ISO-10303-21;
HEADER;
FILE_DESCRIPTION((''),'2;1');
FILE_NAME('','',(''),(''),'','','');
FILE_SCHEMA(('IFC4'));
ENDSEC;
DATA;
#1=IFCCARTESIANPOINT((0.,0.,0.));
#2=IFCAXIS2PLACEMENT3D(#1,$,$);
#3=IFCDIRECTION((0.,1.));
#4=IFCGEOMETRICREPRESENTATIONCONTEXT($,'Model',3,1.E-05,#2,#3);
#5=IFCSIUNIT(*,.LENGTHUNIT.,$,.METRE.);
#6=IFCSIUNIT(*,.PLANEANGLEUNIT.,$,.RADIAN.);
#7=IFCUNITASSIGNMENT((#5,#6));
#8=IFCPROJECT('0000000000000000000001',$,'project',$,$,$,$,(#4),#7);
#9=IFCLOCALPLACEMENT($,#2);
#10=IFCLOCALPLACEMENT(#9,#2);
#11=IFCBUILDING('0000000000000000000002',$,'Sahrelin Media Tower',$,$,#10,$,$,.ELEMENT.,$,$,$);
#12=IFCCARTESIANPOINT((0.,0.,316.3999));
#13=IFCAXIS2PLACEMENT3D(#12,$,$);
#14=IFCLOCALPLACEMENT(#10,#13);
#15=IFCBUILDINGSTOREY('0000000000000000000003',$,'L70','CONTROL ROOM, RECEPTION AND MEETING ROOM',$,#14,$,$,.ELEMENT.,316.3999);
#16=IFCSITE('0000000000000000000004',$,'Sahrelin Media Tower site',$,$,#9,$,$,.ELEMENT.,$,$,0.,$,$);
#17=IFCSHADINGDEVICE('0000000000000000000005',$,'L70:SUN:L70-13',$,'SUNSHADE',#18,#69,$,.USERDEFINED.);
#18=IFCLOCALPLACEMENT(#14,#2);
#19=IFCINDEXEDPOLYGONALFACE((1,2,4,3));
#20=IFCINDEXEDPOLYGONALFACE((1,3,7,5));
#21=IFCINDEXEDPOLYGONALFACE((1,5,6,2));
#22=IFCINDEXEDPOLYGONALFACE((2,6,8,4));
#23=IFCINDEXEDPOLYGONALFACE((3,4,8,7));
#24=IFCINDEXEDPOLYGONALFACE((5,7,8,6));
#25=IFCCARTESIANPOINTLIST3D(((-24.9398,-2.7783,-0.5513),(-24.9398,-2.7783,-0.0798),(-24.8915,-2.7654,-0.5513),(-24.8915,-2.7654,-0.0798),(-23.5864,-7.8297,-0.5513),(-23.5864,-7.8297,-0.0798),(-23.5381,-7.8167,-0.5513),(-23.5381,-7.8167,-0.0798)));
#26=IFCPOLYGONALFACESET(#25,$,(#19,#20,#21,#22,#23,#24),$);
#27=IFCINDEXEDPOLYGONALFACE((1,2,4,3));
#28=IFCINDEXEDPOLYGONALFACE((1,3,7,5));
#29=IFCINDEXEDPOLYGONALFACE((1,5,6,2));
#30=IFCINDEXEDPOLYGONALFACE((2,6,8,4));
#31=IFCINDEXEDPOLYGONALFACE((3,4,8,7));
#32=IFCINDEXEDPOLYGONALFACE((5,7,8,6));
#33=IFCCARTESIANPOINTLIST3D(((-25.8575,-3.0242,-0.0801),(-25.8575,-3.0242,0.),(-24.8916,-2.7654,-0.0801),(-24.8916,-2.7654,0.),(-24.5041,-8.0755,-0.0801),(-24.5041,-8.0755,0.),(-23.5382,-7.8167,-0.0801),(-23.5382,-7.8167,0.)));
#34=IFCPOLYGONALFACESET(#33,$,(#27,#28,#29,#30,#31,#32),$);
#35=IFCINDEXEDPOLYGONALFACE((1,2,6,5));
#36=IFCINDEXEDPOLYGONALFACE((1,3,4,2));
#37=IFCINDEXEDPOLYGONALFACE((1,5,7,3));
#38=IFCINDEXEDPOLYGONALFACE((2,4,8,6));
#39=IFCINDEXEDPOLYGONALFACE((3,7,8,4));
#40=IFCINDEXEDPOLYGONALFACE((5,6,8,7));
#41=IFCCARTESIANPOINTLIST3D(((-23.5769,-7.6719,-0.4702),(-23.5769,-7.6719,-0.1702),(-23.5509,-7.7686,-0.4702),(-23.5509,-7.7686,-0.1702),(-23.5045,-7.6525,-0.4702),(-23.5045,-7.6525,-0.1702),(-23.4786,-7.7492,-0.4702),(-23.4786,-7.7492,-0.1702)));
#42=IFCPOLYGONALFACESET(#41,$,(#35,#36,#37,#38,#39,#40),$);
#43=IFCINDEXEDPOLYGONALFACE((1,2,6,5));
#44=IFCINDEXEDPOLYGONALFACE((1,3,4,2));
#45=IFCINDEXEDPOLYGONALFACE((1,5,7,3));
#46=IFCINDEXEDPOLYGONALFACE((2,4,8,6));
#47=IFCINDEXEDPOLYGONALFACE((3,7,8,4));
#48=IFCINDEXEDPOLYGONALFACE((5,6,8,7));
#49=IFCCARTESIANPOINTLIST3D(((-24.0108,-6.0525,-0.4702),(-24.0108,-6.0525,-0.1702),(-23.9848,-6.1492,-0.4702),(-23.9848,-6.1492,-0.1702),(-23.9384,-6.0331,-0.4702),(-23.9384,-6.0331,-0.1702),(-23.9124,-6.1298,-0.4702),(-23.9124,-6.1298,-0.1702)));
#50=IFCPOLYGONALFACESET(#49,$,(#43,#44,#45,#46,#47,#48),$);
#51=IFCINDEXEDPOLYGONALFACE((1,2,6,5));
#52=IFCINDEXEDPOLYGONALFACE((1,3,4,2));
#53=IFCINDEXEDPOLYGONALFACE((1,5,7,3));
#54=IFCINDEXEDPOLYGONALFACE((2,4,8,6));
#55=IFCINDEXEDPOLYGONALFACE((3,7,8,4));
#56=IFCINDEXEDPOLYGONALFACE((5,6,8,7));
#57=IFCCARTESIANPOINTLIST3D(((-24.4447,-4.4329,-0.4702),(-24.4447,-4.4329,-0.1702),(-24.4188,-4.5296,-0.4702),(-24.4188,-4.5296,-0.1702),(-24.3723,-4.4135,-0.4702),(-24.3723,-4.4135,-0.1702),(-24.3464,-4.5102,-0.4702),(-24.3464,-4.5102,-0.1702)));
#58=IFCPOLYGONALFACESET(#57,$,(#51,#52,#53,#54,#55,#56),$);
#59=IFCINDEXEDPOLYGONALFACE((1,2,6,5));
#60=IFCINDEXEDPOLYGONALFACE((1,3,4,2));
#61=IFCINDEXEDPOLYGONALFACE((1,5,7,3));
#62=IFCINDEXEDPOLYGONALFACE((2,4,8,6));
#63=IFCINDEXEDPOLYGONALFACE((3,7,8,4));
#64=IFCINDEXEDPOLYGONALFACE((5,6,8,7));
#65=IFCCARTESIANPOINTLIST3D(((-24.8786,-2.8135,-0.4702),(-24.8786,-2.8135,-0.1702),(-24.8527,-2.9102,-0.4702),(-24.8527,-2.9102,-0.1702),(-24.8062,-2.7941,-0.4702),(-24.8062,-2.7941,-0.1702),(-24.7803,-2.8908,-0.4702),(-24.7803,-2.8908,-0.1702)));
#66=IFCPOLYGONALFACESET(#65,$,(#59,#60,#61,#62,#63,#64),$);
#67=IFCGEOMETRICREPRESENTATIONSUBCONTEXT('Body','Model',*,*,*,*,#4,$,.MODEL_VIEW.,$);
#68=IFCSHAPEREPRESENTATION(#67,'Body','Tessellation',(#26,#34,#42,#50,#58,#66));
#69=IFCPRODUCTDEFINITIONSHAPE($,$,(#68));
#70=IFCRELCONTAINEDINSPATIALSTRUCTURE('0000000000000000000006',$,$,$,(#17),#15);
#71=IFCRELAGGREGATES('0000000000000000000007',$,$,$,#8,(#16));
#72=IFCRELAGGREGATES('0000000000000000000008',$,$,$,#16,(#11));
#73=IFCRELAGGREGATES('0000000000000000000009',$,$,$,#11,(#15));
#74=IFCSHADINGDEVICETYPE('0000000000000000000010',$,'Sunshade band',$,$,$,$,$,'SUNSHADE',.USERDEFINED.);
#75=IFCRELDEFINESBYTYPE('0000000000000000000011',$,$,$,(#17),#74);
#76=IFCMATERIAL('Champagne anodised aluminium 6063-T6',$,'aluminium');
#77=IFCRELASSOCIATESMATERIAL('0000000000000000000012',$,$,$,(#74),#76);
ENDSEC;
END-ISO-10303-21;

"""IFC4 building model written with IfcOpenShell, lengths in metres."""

from ifc_helpers import new_model, si_unit, direction, frame, origin, origin_2d, place, context, subcontext, project, spatial, rectangle, extrude, material, type_object, element, save


model = new_model("IFC4")

# Units and contexts
model_context = context("Model", 3, precision=1e-05, world=origin(), true_north=direction((0.0, 1.0)))
body_context = subcontext(model_context, "Body", "Model", "MODEL_VIEW")
ifc_project = project(units=[si_unit("LENGTHUNIT", "METRE"), si_unit("PLANEANGLEUNIT", "RADIAN")], contexts=[model_context])

# Site, building, storey
site_placement = place(None, origin())
site = spatial("IfcSite", under=ifc_project, at=site_placement, Name="Sahrelin Media Tower site", CompositionType="ELEMENT", RefElevation=0.0)
building_placement = place(site_placement, origin())
building = spatial("IfcBuilding", under=site, at=building_placement, Name="Sahrelin Media Tower", CompositionType="ELEMENT")
storey_placement = place(building_placement, frame((0.0, 0.0, 316.3999)))
storey = spatial("IfcBuildingStorey", under=building, at=storey_placement, Name="L70", Description="CONTROL ROOM, RECEPTION AND MEETING ROOM", CompositionType="ELEMENT", Elevation=316.3999)

# Shared definitions
ifc_material_1 = material(Name="Champagne anodised aluminium 6063-T6", Category="aluminium")

# Shading device
placement_1 = place(storey_placement, frame((-24.1956, -5.2859, 0.0), z_axis=(0.0, 0.0, 1.0), x_axis=(-0.258808, 0.965929, 0.0)))
shading_device_type_1 = type_object("IfcShadingDeviceType", Name="Sunshade band", ElementType="SUNSHADE", PredefinedType="USERDEFINED", material=ifc_material_1)
element("IfcShadingDevice", 1, at=placement_1, inside=storey, type_object=shading_device_type_1, Name="L70:SUN:L70-13", ObjectType="SUNSHADE", PredefinedType="USERDEFINED", context=body_context, shape_type="SweptSolid", body=[
    extrude(rectangle(XDim=5.2295, YDim=0.05, at=origin_2d()), frame((0.0, 0.0449, -0.5513)), (0.0, 0.0, 1.0), 0.4714),
    extrude(rectangle(XDim=5.2295, YDim=1.0, at=origin_2d()), frame((0.0, 0.52, -0.0801)), (0.0, 0.0, 1.0), 0.0801),
    extrude(rectangle(XDim=0.1001, YDim=0.075, at=origin_2d()), frame((-2.5149, -0.0176, -0.4702)), (0.0, 0.0, 1.0), 0.3),
    extrude(rectangle(XDim=0.1001, YDim=0.075, at=origin_2d()), frame((-0.8384, -0.0176, -0.4702)), (0.0, 0.0, 1.0), 0.3),
    extrude(rectangle(XDim=0.1001, YDim=0.075, at=origin_2d()), frame((0.8384, -0.0176, -0.4702)), (0.0, 0.0, 1.0), 0.3),
    extrude(rectangle(XDim=0.1001, YDim=0.075, at=origin_2d()), frame((2.5149, -0.0176, -0.4702)), (0.0, 0.0, 1.0), 0.3),
])

save(model, "model.ifc")
